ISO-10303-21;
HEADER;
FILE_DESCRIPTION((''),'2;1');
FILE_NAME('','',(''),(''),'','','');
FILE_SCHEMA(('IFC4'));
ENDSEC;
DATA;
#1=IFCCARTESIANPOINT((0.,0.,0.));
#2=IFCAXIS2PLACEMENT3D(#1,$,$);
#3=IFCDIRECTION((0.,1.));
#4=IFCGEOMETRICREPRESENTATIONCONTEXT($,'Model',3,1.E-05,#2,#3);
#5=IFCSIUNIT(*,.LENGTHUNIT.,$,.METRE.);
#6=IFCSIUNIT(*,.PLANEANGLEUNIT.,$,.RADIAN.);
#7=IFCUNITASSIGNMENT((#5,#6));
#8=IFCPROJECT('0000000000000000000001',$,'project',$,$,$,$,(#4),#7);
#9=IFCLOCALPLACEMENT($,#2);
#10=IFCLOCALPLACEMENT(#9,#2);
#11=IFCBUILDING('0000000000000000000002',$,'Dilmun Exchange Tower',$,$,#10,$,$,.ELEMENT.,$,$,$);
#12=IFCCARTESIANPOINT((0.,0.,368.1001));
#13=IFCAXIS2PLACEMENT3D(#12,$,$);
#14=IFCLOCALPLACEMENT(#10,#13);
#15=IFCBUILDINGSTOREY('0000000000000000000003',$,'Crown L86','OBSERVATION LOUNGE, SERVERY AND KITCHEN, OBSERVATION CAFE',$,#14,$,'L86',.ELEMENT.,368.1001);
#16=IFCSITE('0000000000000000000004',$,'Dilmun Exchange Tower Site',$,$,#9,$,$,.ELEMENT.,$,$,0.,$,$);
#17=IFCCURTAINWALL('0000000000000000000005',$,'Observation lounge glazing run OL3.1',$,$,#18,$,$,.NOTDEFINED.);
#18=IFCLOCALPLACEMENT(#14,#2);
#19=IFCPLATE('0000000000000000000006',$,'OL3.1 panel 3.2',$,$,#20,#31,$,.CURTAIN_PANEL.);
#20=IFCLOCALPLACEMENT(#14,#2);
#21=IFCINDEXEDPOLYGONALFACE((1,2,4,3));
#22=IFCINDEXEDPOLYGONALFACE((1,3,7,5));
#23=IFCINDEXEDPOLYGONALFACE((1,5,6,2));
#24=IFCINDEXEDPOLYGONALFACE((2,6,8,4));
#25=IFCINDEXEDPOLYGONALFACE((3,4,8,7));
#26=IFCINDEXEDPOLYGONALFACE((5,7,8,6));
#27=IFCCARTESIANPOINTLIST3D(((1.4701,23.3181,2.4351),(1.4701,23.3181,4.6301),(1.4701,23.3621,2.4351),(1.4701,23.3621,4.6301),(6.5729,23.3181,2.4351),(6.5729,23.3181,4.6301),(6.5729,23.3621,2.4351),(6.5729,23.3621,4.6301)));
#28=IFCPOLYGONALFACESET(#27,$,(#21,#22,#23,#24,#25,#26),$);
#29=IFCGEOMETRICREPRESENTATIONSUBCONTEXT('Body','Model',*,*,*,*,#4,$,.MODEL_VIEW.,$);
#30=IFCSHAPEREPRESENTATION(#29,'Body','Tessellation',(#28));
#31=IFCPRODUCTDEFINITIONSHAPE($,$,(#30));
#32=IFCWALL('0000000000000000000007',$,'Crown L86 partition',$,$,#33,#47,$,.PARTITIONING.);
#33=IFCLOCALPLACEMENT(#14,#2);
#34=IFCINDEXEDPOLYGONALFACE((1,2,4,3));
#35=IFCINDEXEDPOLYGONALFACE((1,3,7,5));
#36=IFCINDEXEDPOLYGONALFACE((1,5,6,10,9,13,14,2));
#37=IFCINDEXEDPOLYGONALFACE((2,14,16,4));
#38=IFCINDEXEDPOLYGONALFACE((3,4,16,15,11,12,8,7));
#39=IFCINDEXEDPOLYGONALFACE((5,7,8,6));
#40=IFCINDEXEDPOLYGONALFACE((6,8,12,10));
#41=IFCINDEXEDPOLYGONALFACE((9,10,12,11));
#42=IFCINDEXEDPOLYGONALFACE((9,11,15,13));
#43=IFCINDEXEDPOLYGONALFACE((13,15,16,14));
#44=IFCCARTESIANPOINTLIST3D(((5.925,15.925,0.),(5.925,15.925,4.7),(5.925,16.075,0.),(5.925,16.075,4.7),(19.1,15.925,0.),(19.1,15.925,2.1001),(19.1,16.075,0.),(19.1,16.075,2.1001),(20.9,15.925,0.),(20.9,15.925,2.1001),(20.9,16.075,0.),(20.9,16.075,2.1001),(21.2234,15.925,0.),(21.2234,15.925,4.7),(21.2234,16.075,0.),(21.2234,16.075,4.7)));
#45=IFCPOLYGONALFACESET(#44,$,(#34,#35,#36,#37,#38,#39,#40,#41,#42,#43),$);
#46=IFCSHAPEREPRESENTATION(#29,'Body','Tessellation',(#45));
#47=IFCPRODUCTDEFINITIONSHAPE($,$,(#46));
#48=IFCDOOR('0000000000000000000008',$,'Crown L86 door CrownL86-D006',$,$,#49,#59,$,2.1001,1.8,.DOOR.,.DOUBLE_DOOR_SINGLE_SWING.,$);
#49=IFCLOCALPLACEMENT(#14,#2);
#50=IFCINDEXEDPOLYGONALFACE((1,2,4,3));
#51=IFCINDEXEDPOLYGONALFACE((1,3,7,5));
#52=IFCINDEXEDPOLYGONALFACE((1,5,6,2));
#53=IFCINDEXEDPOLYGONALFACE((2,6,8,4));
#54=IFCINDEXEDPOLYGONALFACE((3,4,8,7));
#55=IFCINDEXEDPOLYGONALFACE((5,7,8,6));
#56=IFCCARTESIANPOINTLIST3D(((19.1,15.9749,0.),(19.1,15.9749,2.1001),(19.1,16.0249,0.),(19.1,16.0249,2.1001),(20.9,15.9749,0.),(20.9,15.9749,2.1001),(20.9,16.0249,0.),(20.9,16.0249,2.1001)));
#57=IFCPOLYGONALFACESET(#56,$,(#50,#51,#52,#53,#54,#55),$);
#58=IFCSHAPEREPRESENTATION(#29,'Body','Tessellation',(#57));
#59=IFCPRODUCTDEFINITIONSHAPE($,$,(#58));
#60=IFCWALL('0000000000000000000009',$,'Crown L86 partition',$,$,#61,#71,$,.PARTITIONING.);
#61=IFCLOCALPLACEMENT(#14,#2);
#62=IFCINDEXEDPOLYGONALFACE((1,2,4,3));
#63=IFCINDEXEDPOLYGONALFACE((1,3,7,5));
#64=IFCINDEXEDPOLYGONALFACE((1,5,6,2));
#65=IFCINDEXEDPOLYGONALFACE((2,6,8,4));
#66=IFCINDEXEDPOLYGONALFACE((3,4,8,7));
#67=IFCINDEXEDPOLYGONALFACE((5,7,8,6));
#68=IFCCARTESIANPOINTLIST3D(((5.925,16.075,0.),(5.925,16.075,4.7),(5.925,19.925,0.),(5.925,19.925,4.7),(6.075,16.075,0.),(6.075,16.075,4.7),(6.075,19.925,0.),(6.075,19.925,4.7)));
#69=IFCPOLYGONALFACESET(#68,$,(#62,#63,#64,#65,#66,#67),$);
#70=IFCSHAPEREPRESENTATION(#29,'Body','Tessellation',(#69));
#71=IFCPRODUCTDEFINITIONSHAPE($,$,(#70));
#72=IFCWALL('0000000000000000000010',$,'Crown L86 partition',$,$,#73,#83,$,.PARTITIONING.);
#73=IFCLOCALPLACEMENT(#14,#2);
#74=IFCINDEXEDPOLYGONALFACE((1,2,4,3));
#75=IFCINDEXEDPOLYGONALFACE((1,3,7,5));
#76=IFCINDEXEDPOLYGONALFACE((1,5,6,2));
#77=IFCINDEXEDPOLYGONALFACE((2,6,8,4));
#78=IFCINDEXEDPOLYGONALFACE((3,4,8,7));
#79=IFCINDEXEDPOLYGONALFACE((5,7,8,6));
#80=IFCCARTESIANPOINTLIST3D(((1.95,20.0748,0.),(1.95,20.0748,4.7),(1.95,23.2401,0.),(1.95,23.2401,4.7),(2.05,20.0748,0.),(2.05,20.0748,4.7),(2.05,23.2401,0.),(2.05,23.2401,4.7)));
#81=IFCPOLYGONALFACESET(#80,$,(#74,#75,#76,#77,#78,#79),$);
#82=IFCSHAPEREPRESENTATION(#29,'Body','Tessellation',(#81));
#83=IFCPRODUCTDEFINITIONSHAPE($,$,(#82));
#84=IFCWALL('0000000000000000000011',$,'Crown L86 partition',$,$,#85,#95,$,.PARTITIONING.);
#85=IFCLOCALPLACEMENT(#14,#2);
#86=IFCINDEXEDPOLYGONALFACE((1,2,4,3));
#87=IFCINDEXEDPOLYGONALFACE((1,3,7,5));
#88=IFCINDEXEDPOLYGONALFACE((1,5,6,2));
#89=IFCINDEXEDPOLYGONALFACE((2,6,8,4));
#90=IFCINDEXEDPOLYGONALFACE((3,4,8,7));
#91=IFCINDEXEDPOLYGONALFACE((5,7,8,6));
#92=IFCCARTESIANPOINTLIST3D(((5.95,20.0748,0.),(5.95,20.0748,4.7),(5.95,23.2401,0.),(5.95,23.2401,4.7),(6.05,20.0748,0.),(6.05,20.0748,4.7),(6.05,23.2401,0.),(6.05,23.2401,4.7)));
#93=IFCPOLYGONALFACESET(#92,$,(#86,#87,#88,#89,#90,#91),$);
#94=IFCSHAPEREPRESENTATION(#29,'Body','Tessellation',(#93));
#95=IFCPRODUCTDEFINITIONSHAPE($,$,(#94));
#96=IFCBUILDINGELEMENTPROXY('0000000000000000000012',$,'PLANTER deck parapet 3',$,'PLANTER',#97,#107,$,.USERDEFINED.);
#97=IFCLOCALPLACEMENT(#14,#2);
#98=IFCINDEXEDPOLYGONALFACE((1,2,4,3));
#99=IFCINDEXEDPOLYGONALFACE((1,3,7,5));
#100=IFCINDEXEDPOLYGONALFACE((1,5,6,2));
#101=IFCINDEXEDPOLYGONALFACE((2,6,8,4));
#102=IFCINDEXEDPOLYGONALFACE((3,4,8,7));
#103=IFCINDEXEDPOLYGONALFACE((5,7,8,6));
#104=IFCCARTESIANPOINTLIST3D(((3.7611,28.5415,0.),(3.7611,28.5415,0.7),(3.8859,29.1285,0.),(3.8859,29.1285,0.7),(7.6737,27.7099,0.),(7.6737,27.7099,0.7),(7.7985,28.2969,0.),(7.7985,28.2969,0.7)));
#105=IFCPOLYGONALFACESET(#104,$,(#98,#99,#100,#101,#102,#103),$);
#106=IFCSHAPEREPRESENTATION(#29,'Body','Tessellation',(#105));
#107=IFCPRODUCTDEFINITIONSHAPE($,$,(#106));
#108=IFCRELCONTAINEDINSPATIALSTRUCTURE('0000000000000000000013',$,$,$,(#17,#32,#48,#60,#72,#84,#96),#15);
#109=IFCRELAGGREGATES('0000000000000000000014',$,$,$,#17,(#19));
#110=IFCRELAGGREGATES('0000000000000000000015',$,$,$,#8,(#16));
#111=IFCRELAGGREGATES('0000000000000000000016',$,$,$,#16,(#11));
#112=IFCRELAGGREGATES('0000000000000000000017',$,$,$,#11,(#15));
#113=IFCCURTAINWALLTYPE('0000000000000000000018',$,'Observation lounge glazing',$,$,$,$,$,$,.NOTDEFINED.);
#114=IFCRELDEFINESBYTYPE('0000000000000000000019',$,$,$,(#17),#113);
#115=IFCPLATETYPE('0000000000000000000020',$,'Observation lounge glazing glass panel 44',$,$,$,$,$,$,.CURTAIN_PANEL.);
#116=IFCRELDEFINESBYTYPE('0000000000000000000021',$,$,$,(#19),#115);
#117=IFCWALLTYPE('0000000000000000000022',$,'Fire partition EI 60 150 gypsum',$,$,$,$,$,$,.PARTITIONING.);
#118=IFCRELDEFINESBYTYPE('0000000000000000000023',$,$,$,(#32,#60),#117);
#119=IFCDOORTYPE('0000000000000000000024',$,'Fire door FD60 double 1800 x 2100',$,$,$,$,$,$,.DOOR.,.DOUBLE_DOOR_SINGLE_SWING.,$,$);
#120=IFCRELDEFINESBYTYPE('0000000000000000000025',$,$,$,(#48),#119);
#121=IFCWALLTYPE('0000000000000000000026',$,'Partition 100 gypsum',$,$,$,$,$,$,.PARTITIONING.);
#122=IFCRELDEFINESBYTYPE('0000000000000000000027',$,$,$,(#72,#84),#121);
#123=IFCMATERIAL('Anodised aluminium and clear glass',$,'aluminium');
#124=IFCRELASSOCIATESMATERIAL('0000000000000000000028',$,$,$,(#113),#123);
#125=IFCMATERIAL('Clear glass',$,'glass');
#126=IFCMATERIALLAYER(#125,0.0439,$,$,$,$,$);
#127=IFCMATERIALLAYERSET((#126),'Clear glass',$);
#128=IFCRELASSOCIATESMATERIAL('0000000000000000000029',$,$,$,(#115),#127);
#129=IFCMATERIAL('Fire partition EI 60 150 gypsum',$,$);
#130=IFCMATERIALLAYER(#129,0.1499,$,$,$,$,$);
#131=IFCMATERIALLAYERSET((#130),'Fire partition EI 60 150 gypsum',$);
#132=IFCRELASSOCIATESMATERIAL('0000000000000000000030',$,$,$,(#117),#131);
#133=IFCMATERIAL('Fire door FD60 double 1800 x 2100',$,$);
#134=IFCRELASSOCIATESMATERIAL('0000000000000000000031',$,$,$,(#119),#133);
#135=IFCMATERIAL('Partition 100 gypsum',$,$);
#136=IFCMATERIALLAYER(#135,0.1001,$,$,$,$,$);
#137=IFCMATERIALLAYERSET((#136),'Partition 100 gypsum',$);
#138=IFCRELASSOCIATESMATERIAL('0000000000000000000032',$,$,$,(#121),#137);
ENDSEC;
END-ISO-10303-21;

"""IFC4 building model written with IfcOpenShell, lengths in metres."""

from ifc_helpers import new_model, si_unit, direction, frame, frame_2d, origin, origin_2d, place, context, subcontext, project, spatial, rectangle, extrude, material, layer, layer_set, type_object, element, fill, aggregate, save


model = new_model("IFC4")

# Units and contexts
model_context = context("Model", 3, precision=1e-05, world=origin(), true_north=direction((0.0, 1.0)))
body_context = subcontext(model_context, "Body", "Model", "MODEL_VIEW")
ifc_project = project(units=[si_unit("LENGTHUNIT", "METRE"), si_unit("PLANEANGLEUNIT", "RADIAN")], contexts=[model_context])

# Site, building, storey
site_placement = place(None, origin())
site = spatial("IfcSite", under=ifc_project, at=site_placement, Name="Dilmun Exchange Tower Site", CompositionType="ELEMENT", RefElevation=0.0)
building_placement = place(site_placement, origin())
building = spatial("IfcBuilding", under=site, at=building_placement, Name="Dilmun Exchange Tower", CompositionType="ELEMENT")
storey_placement = place(building_placement, frame((0.0, 0.0, 368.1001)))
storey = spatial("IfcBuildingStorey", under=building, at=storey_placement, Name="Crown L86", Description="OBSERVATION LOUNGE, SERVERY AND KITCHEN, OBSERVATION CAFE", LongName="L86", CompositionType="ELEMENT", Elevation=368.1001)

# Curtain wall
ifc_material_1 = material(Name="Anodised aluminium and clear glass", Category="aluminium")
curtain_wall_type = type_object("IfcCurtainWallType", Name="Observation lounge glazing", PredefinedType="NOTDEFINED", material=ifc_material_1)
curtain_wall_placement = place(storey_placement, origin())
curtain_wall = element("IfcCurtainWall", 1, at=curtain_wall_placement, inside=storey, type_object=curtain_wall_type, Name="Observation lounge glazing run OL3.1", PredefinedType="NOTDEFINED")

# Plate
ifc_material_2 = material(Name="Clear glass", Category="glass")
ifc_layer_1 = layer(ifc_material_2, 0.0439)
ifc_layer_set_1 = layer_set([ifc_layer_1], Name="Clear glass")
plate_type = type_object("IfcPlateType", Name="Observation lounge glazing glass panel 44", PredefinedType="CURTAIN_PANEL", material=ifc_layer_set_1)
plate_1_placement = place(storey_placement, frame((4.0215, 23.3401, 2.4351), z_axis=(0.0, 0.0, 1.0), x_axis=(-1.0, 0.0, 0.0)))
plate_1 = element("IfcPlate", 2, at=plate_1_placement, type_object=plate_type, Name="OL3.1 panel 3.2", PredefinedType="CURTAIN_PANEL", context=body_context, shape_type="SweptSolid", body=[
    extrude(rectangle(XDim=5.1028, YDim=0.0439, at=origin_2d()), origin(), (0.0, 0.0, 1.0), 2.1951),
])
aggregate(curtain_wall, [plate_1])

# Wall, opening, door
ifc_material_3 = material(Name="Fire partition EI 60 150 gypsum")
ifc_layer_2 = layer(ifc_material_3, 0.1499)
ifc_layer_set_2 = layer_set([ifc_layer_2], Name="Fire partition EI 60 150 gypsum")
wall_type_1 = type_object("IfcWallType", Name="Fire partition EI 60 150 gypsum", PredefinedType="PARTITIONING", material=ifc_layer_set_2)
wall_1_placement = place(storey_placement, frame((5.925, 16.0, 0.0), z_axis=(0.0, 0.0, 1.0), x_axis=(1.0, 0.0, 0.0)))
wall_1 = element("IfcWall", 3, at=wall_1_placement, inside=storey, type_object=wall_type_1, Name="Crown L86 partition", PredefinedType="PARTITIONING", context=body_context, shape_type="SweptSolid", body=[
    extrude(rectangle(XDim=15.2983, YDim=0.1499, at=frame_2d((7.6492, 0.0))), origin(), (0.0, 0.0, 1.0), 4.7),
])
opening_placement = place(wall_1_placement, frame((13.175, 0.0, 0.0)))
opening = element("IfcOpeningElement", 4, at=opening_placement, cuts=wall_1, PredefinedType="OPENING", context=body_context, shape_type="SweptSolid", body=[
    extrude(rectangle(XDim=1.8, YDim=2.1001, at=frame_2d((0.8999, 1.05))), frame((0.0, 0.085, 0.0), z_axis=(0.0, -1.0, 0.0), x_axis=(1.0, 0.0, 0.0)), (0.0, 0.0, 1.0), 0.1699),
])
ifc_material_4 = material(Name="Fire door FD60 double 1800 x 2100")
door_type = type_object("IfcDoorType", Name="Fire door FD60 double 1800 x 2100", OperationType="DOUBLE_DOOR_SINGLE_SWING", PredefinedType="DOOR", material=ifc_material_4)
door_placement = place(opening_placement, origin())
door = element("IfcDoor", 5, at=door_placement, inside=storey, type_object=door_type, Name="Crown L86 door CrownL86-D006", OperationType="DOUBLE_DOOR_SINGLE_SWING", OverallHeight=2.1001, OverallWidth=1.8, PredefinedType="DOOR", context=body_context, shape_type="SweptSolid", body=[
    extrude(rectangle(XDim=1.8, YDim=2.1001, at=frame_2d((0.8999, 1.05))), frame((0.0, 0.0249, 0.0), z_axis=(0.0, -1.0, 0.0), x_axis=(1.0, 0.0, 0.0)), (0.0, 0.0, 1.0), 0.05),
])
fill(opening, door)

# Walls
wall_2_placement = place(storey_placement, frame((6.0, 16.075, 0.0), z_axis=(0.0, 0.0, 1.0), x_axis=(0.0, 1.0, 0.0)))
element("IfcWall", 6, at=wall_2_placement, inside=storey, type_object=wall_type_1, Name="Crown L86 partition", PredefinedType="PARTITIONING", context=body_context, shape_type="SweptSolid", body=[
    extrude(rectangle(XDim=3.8501, YDim=0.1499, at=frame_2d((1.925, 0.0))), origin(), (0.0, 0.0, 1.0), 4.7),
])
ifc_material_5 = material(Name="Partition 100 gypsum")
ifc_layer_3 = layer(ifc_material_5, 0.1001)
ifc_layer_set_3 = layer_set([ifc_layer_3], Name="Partition 100 gypsum")
wall_type_2 = type_object("IfcWallType", Name="Partition 100 gypsum", PredefinedType="PARTITIONING", material=ifc_layer_set_3)
for number, where, z_axis, x_axis, name in (
    (7, (2.0, 20.075, 0.0), (0.0, 0.0, 1.0), (0.0, 1.0, 0.0), "Crown L86 partition"),
    (8, (6.0, 20.075, 0.0), (0.0, 0.0, 1.0), (0.0, 1.0, 0.0), "Crown L86 partition"),
):
    element("IfcWall", number, at=place(storey_placement, frame(where, z_axis=z_axis, x_axis=x_axis)), inside=storey, type_object=wall_type_2, Name=name, PredefinedType="PARTITIONING", context=body_context, shape_type="SweptSolid", body=[
        extrude(rectangle(XDim=3.1653, YDim=0.1001, at=frame_2d((1.5825, 0.0))), origin(), (0.0, 0.0, 1.0), 4.7),
    ])

# Building element proxy
proxy_placement = place(storey_placement, frame((5.7798, 28.4192, 0.0), z_axis=(0.0, 0.0, 1.0), x_axis=(-0.978148, 0.207912, 0.0)))
element("IfcBuildingElementProxy", 9, at=proxy_placement, inside=storey, Name="PLANTER deck parapet 3", ObjectType="PLANTER", PredefinedType="USERDEFINED", context=body_context, shape_type="SweptSolid", body=[
    extrude(rectangle(XDim=4.0, YDim=0.6001, at=origin_2d()), origin(), (0.0, 0.0, 1.0), 0.7),
])

save(model, "model.ifc")
